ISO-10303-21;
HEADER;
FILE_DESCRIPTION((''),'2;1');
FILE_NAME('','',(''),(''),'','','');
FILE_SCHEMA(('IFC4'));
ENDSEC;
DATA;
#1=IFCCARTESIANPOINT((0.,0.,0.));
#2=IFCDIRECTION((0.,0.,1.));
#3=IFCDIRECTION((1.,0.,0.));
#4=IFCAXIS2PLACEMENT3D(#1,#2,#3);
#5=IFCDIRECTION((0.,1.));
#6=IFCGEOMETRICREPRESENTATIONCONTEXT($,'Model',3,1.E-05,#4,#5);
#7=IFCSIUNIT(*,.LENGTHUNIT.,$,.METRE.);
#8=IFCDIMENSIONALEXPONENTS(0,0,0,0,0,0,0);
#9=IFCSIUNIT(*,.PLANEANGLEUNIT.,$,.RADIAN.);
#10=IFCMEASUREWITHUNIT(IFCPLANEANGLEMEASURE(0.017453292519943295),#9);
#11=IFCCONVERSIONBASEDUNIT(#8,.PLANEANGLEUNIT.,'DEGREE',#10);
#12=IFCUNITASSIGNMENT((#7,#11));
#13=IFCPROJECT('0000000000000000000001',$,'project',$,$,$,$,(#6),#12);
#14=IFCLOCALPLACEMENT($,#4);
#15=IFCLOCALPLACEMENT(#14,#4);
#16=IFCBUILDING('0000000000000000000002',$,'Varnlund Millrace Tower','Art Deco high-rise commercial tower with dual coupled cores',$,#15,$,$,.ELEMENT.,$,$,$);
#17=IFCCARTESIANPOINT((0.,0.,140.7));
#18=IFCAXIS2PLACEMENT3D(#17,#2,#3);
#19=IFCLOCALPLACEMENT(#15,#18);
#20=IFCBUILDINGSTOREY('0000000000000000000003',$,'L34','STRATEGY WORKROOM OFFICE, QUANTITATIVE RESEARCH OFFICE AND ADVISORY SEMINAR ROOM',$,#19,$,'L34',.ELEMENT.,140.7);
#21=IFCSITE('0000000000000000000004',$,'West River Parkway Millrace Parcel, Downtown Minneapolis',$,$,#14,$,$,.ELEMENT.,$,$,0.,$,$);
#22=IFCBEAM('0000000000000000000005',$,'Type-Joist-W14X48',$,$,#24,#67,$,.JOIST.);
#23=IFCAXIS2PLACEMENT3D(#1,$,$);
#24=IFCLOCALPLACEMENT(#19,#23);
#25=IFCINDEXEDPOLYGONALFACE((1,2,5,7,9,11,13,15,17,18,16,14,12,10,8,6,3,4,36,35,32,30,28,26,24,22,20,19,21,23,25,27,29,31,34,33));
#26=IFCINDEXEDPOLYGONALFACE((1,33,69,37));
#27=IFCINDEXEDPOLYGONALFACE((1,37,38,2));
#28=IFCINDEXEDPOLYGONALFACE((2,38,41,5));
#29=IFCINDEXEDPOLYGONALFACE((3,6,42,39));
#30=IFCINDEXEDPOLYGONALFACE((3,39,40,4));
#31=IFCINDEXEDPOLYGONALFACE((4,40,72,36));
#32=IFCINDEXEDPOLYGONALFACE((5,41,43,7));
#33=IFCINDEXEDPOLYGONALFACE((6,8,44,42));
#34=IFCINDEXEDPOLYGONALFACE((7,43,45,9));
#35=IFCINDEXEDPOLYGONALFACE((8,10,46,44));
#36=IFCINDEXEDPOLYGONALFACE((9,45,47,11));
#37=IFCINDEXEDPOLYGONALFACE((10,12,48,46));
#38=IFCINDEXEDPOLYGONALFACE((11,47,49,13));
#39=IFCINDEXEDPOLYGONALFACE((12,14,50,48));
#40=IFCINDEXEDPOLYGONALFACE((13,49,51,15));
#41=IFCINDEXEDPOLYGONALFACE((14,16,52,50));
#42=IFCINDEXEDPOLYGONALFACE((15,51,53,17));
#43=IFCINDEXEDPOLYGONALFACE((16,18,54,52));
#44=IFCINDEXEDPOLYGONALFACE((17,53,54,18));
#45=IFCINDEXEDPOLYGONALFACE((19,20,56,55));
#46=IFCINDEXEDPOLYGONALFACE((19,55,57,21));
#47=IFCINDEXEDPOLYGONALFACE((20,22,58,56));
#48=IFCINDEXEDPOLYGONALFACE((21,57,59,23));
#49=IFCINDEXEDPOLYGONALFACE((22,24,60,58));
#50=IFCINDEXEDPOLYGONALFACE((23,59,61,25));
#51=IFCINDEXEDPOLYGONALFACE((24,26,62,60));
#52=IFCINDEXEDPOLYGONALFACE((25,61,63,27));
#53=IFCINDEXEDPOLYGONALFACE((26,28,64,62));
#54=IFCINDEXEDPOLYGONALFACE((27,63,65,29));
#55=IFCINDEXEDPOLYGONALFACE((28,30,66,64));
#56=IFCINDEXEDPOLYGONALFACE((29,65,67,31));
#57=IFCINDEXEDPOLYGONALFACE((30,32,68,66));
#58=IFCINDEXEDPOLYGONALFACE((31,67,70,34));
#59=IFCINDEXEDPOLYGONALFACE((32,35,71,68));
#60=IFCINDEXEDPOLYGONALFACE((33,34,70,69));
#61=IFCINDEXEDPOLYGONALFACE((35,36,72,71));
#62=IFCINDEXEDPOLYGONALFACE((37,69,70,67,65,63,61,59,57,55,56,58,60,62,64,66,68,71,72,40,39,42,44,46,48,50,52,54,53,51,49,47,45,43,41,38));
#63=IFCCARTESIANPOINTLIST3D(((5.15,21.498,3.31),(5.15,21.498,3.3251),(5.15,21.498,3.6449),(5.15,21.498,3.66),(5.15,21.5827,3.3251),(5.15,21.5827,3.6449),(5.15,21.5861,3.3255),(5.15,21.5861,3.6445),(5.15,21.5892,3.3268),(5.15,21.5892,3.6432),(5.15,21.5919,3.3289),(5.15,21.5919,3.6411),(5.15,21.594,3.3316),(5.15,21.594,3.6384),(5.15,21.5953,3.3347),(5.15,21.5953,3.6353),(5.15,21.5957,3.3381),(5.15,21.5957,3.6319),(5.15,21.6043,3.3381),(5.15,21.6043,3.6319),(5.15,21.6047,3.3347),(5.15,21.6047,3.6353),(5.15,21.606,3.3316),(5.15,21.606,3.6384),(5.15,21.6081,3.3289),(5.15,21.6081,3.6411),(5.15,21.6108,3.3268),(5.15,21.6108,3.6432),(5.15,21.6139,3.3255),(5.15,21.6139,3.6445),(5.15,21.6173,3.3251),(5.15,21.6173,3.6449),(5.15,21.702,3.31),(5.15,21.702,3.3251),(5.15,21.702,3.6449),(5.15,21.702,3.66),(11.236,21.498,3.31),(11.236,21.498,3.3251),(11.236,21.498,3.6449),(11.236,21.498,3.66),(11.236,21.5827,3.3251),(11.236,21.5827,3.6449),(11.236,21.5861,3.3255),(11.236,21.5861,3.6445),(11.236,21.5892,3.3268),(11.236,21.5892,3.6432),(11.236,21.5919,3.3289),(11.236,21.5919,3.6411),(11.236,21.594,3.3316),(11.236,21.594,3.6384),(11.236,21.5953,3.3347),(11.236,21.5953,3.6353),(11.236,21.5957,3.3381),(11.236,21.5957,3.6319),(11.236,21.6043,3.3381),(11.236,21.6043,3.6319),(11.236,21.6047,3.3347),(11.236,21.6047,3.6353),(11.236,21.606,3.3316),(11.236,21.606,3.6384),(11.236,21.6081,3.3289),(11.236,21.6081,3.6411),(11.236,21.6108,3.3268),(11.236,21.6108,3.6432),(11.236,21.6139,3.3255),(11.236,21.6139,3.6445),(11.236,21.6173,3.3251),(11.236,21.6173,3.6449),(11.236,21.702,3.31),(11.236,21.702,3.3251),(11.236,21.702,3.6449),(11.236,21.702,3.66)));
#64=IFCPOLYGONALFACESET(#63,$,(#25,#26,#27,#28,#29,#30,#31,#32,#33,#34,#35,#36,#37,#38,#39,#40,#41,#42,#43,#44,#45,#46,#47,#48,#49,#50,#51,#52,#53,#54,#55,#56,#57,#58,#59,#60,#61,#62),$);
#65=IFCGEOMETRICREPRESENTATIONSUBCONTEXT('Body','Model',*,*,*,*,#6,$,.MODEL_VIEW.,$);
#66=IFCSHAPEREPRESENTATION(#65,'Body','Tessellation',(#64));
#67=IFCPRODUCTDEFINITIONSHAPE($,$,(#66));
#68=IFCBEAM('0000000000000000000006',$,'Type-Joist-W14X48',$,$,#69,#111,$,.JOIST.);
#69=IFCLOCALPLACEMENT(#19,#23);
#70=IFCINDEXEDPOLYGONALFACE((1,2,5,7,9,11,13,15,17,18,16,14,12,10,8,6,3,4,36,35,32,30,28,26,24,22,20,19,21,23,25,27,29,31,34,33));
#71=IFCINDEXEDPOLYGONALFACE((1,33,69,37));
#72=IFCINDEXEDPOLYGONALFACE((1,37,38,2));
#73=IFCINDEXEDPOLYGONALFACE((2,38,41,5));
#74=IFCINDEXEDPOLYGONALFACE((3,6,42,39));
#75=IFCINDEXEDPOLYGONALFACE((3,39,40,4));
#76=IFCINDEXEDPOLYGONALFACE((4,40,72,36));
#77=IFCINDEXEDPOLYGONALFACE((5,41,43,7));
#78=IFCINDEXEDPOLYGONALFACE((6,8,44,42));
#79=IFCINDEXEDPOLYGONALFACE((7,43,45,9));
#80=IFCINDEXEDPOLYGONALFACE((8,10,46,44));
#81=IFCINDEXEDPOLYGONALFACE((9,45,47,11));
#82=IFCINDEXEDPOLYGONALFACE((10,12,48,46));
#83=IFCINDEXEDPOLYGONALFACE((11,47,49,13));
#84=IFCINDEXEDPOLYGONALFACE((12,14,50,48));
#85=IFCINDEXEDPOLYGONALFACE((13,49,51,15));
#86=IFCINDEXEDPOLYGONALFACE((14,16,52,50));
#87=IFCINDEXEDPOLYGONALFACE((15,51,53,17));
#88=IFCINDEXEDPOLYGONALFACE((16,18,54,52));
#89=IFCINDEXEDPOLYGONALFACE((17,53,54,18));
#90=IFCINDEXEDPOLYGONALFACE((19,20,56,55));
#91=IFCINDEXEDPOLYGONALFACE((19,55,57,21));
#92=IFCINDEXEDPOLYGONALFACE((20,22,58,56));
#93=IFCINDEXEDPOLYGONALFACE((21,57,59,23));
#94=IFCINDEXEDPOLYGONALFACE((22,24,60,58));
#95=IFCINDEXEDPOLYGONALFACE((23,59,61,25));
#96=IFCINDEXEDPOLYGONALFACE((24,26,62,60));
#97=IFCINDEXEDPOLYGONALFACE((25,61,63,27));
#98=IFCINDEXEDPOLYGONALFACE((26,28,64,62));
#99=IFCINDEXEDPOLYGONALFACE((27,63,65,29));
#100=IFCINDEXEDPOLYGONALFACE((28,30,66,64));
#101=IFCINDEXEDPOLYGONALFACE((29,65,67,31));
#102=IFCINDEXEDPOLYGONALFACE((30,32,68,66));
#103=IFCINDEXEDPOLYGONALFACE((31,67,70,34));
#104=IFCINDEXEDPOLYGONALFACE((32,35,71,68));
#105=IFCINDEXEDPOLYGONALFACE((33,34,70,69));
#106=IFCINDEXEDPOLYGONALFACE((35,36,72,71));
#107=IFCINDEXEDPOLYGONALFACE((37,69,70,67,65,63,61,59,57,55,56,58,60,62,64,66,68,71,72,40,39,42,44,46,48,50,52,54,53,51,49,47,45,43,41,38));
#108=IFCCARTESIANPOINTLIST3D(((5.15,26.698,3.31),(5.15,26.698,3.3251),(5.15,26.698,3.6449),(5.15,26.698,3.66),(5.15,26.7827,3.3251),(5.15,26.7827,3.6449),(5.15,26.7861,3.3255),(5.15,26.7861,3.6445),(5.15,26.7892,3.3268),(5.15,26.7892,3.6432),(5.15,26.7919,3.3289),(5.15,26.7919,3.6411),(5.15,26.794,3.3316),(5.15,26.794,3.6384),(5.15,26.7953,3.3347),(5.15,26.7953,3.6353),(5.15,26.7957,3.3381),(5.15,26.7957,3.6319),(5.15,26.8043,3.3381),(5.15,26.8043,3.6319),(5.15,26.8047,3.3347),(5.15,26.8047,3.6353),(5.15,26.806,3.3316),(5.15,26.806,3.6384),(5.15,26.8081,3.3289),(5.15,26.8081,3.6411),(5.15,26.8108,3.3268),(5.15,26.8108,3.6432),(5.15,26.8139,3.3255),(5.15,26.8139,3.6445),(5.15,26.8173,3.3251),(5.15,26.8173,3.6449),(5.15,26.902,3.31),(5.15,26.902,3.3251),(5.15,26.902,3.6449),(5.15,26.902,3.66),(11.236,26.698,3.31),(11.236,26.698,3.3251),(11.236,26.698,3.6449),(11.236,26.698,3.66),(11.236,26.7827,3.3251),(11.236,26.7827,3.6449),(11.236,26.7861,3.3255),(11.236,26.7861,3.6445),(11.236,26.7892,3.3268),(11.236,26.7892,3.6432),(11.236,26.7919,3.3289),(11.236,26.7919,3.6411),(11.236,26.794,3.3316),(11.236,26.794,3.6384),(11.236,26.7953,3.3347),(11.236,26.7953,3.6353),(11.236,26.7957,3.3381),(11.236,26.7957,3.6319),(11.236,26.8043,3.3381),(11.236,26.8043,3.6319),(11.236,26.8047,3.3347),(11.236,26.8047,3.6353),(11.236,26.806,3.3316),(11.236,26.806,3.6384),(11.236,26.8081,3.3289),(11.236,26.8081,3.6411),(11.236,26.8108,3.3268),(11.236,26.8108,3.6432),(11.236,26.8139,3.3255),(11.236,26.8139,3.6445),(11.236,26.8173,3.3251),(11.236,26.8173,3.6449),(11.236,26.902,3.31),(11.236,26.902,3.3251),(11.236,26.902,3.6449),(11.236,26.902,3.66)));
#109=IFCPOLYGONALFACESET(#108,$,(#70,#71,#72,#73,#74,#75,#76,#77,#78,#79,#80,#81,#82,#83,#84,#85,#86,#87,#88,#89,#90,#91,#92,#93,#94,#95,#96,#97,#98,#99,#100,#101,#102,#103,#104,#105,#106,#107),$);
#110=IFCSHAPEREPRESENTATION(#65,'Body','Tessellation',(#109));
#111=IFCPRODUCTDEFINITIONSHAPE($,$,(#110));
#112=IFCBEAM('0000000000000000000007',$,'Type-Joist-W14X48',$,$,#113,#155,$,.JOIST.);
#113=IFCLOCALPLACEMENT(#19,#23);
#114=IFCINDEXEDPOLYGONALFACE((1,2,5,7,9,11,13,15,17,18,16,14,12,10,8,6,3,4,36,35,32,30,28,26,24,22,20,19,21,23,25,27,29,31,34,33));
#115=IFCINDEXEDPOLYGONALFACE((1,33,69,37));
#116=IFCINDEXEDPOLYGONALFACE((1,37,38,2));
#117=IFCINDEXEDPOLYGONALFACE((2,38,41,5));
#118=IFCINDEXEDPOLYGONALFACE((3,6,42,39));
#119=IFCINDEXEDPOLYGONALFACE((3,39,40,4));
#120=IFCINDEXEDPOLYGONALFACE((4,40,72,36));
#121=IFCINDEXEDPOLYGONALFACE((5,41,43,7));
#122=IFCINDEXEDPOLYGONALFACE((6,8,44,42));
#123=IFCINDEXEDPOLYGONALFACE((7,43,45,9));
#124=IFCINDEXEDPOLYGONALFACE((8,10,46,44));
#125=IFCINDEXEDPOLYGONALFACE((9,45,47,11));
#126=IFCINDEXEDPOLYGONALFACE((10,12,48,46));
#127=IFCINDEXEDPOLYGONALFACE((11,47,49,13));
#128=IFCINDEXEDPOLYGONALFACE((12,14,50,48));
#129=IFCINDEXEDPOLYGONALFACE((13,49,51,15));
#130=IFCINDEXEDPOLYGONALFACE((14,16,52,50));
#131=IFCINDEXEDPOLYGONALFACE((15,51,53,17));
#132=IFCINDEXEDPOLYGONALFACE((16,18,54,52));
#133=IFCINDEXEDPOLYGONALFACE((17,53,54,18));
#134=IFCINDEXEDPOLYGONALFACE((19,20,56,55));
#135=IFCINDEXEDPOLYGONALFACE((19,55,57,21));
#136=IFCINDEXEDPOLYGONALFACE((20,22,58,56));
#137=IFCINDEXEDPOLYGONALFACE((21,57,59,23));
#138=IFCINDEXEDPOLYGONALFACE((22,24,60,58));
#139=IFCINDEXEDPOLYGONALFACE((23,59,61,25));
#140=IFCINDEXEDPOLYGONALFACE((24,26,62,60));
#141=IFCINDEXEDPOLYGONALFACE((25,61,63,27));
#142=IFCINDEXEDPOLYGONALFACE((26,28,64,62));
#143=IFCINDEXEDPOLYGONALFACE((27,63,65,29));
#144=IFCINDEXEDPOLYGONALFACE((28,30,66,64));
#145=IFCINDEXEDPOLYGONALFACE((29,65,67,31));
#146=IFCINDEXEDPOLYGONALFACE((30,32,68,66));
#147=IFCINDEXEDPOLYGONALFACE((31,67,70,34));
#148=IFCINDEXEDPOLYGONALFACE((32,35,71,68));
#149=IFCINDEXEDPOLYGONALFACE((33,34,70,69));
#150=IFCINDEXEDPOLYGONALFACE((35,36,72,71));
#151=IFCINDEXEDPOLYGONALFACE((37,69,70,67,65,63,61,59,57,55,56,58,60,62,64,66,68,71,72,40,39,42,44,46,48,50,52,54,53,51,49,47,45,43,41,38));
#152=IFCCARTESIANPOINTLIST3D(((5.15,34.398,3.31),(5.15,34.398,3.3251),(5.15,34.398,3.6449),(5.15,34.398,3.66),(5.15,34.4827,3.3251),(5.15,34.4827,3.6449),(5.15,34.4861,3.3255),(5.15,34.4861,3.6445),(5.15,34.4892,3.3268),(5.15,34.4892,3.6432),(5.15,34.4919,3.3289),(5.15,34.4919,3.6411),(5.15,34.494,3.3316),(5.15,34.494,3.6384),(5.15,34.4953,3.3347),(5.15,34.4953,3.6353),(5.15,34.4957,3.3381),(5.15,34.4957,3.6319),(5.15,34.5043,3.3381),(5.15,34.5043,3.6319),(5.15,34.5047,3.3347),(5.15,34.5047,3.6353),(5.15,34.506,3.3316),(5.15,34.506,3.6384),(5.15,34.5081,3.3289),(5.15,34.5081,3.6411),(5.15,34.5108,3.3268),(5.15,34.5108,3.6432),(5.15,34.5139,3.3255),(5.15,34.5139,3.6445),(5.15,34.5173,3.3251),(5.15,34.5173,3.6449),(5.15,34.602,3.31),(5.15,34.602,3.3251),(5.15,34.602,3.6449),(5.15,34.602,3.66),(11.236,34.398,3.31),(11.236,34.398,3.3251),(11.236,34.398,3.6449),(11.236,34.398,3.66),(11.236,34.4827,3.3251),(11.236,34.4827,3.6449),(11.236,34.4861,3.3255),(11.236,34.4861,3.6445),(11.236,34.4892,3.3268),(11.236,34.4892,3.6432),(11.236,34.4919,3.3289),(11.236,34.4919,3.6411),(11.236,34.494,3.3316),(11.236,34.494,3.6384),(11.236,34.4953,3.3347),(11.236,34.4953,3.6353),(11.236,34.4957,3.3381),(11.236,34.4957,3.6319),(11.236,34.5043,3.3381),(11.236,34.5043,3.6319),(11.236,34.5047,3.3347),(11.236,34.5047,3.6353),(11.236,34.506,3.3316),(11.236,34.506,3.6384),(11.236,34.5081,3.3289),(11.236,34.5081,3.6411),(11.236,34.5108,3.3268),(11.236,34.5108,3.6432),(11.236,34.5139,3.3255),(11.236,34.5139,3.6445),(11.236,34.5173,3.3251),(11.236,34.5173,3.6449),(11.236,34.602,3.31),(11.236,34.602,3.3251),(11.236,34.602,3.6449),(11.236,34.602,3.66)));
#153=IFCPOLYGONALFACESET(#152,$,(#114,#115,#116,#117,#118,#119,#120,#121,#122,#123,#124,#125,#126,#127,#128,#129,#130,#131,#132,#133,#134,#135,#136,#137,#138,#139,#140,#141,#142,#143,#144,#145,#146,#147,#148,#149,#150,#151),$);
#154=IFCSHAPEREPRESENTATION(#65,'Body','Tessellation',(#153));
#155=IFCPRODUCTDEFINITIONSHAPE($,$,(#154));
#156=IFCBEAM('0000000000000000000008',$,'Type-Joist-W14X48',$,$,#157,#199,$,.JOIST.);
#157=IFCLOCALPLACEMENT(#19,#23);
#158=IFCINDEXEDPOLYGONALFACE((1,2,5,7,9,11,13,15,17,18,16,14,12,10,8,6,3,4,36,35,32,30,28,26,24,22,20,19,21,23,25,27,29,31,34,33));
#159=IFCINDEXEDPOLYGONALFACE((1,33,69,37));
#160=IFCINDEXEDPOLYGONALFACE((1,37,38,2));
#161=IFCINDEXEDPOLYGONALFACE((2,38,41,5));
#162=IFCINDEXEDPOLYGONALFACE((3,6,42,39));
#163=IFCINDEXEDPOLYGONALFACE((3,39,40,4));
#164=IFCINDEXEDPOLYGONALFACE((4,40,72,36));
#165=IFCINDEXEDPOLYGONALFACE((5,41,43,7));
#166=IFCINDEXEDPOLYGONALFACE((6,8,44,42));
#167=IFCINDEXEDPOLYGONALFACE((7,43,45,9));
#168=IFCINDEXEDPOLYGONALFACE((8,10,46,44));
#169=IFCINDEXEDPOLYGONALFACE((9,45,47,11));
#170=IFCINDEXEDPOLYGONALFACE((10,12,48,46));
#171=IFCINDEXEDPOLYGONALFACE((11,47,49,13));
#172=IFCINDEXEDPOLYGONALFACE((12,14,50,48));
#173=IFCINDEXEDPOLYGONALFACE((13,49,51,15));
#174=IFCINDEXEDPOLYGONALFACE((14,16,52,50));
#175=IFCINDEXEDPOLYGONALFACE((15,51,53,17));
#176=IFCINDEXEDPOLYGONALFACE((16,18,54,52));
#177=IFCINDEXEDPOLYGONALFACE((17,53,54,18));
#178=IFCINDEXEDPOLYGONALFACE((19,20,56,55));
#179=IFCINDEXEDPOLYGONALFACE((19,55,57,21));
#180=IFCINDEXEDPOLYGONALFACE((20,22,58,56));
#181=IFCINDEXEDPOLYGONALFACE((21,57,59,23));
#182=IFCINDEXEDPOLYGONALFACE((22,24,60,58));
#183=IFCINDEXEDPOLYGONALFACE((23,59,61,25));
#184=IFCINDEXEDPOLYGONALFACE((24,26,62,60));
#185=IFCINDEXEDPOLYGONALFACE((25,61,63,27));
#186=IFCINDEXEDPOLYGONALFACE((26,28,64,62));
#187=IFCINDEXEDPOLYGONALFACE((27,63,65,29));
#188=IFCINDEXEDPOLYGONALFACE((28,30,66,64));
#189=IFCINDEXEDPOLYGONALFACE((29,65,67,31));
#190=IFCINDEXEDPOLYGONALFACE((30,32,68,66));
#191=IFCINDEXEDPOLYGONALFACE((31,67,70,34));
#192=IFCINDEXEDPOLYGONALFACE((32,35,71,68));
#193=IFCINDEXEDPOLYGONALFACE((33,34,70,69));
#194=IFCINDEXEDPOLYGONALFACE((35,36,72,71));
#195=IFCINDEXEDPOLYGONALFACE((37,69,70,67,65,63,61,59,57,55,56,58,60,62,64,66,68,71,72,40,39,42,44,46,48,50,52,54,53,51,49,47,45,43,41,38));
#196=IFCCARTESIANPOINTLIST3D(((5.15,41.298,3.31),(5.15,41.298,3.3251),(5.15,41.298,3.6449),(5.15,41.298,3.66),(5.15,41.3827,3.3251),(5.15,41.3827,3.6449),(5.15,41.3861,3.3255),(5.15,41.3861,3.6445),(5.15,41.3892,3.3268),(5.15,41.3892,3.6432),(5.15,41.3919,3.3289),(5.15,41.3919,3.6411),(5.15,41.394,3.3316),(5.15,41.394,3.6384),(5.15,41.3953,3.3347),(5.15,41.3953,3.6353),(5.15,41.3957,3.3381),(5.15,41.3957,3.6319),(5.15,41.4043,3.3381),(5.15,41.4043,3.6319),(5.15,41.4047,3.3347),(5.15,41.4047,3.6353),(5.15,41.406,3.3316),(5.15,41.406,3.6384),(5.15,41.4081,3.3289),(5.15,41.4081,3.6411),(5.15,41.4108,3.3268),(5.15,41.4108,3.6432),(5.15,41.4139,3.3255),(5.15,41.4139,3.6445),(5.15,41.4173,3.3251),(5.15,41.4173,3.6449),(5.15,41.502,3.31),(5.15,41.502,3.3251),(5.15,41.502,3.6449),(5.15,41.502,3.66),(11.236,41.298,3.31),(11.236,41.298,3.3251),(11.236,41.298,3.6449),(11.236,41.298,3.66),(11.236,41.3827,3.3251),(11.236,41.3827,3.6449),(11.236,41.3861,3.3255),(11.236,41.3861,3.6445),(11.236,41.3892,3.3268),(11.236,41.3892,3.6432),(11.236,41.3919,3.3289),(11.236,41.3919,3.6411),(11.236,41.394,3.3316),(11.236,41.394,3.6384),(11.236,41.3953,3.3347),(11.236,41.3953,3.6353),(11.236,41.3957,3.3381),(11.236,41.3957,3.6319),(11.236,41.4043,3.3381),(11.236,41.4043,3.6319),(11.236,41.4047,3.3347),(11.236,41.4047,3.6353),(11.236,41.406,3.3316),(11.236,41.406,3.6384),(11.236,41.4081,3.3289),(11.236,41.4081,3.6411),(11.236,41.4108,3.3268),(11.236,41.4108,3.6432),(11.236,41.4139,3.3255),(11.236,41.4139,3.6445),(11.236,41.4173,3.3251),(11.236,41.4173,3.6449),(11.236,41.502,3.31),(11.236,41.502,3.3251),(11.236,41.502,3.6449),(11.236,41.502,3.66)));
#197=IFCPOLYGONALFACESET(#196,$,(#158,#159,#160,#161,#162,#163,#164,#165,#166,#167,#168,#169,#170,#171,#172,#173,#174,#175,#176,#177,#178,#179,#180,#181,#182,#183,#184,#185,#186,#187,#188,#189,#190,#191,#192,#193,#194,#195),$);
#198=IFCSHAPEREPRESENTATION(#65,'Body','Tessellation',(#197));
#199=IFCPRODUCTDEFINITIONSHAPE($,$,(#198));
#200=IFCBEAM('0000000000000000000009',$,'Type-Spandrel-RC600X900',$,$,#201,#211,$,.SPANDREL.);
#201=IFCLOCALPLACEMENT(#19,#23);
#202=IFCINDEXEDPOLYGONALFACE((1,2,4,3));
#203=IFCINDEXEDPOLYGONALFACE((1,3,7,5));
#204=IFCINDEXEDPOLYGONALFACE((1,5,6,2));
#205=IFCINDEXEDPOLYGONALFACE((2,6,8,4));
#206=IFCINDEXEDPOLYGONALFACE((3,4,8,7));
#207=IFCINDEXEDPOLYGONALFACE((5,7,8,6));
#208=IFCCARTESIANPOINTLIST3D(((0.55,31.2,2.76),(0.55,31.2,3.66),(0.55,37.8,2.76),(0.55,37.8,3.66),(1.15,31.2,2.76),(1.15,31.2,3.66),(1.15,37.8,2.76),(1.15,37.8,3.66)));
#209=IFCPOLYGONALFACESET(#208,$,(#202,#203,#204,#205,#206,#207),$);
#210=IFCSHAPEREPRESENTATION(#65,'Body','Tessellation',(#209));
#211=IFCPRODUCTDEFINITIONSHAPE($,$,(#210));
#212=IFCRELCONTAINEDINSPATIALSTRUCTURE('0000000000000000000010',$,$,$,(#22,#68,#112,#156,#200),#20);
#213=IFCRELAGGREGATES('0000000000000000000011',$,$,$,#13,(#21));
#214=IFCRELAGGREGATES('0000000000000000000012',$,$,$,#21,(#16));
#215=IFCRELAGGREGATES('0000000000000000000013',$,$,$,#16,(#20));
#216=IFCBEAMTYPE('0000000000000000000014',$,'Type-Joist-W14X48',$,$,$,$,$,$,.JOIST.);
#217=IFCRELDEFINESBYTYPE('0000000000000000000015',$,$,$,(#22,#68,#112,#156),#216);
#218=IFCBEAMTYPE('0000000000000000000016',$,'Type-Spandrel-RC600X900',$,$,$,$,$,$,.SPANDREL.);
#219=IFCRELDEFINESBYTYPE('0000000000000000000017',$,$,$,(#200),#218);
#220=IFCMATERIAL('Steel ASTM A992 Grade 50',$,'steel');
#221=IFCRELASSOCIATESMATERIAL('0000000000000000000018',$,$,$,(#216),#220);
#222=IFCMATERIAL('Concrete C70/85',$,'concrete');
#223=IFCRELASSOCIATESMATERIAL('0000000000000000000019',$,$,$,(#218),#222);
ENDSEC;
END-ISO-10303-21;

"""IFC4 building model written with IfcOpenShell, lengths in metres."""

from ifc_helpers import new_model, entity, si_unit, converted_unit, direction, frame, origin_with_axes, origin_2d_with_axis, place, context, subcontext, project, spatial, rectangle, i_section, extrude, material, material_profile, profile_set, type_object, element, save


model = new_model("IFC4")

# Units and contexts
model_context = context("Model", 3, precision=1e-05, world=origin_with_axes(), true_north=direction((0.0, 1.0)))
body_context = subcontext(model_context, "Body", "Model", "MODEL_VIEW")
ifc_project = project(units=[si_unit("LENGTHUNIT", "METRE"), converted_unit("PLANEANGLEUNIT", "DEGREE", entity("IfcPlaneAngleMeasure", 0.017453292519943295), si_unit("PLANEANGLEUNIT", "RADIAN"), dimensions=[0, 0, 0, 0, 0, 0, 0])], contexts=[model_context])

# Site, building, storey
site_placement = place(None, origin_with_axes())
site = spatial("IfcSite", under=ifc_project, at=site_placement, Name="West River Parkway Millrace Parcel, Downtown Minneapolis", CompositionType="ELEMENT", RefElevation=0.0)
building_placement = place(site_placement, origin_with_axes())
building = spatial("IfcBuilding", under=site, at=building_placement, Name="Varnlund Millrace Tower", Description="Art Deco high-rise commercial tower with dual coupled cores", CompositionType="ELEMENT")
storey_placement = place(building_placement, frame((0.0, 0.0, 140.7), z_axis=(0.0, 0.0, 1.0), x_axis=(1.0, 0.0, 0.0)))
storey = spatial("IfcBuildingStorey", under=building, at=storey_placement, Name="L34", Description="STRATEGY WORKROOM OFFICE, QUANTITATIVE RESEARCH OFFICE AND ADVISORY SEMINAR ROOM", LongName="L34", CompositionType="ELEMENT", Elevation=140.7)

# Beams
ifc_material_1 = material(Name="Steel ASTM A992 Grade 50", Category="steel")
ifc_material_profile_1 = material_profile(ifc_material_1, i_section(OverallWidth=0.204, OverallDepth=0.35, WebThickness=0.0086, FlangeThickness=0.0151, FilletRadius=0.013, at=origin_2d_with_axis()), Name="Steel ASTM A992 Grade 50")
ifc_profile_set_1 = profile_set([ifc_material_profile_1], Name="Steel ASTM A992 Grade 50")
beam_type_1 = type_object("IfcBeamType", Name="Type-Joist-W14X48", PredefinedType="JOIST", material=ifc_profile_set_1)
for number, where, z_axis, x_axis, name in (
    (1, (5.15, 21.6, 3.485), (1.0, 0.0, 0.0), (0.0, 1.0, 0.0), "Type-Joist-W14X48"),
    (2, (5.15, 26.8, 3.485), (1.0, 0.0, 0.0), (0.0, 1.0, 0.0), "Type-Joist-W14X48"),
    (3, (5.15, 34.5, 3.485), (1.0, 0.0, 0.0), (0.0, 1.0, 0.0), "Type-Joist-W14X48"),
    (4, (5.15, 41.4, 3.485), (1.0, 0.0, 0.0), (0.0, 1.0, 0.0), "Type-Joist-W14X48"),
):
    element("IfcBeam", number, at=place(storey_placement, frame(where, z_axis=z_axis, x_axis=x_axis)), inside=storey, type_object=beam_type_1, Name=name, PredefinedType="JOIST", context=body_context, shape_type="SweptSolid", body=[
        extrude(i_section(OverallWidth=0.204, OverallDepth=0.35, WebThickness=0.0086, FlangeThickness=0.0151, FilletRadius=0.013, at=origin_2d_with_axis()), origin_with_axes(), (0.0, 0.0, 1.0), 6.086),
    ])
ifc_material_2 = material(Name="Concrete C70/85", Category="concrete")
ifc_material_profile_2 = material_profile(ifc_material_2, rectangle(XDim=0.6, YDim=0.9, at=origin_2d_with_axis()), Name="Concrete C70/85")
ifc_profile_set_2 = profile_set([ifc_material_profile_2], Name="Concrete C70/85")
beam_type_2 = type_object("IfcBeamType", Name="Type-Spandrel-RC600X900", PredefinedType="SPANDREL", material=ifc_profile_set_2)
beam_1_placement = place(storey_placement, frame((0.85, 31.2, 3.21), z_axis=(0.0, 1.0, 0.0), x_axis=(-1.0, 0.0, 0.0)))
element("IfcBeam", 5, at=beam_1_placement, inside=storey, type_object=beam_type_2, Name="Type-Spandrel-RC600X900", PredefinedType="SPANDREL", context=body_context, shape_type="SweptSolid", body=[
    extrude(rectangle(XDim=0.6, YDim=0.9, at=origin_2d_with_axis()), origin_with_axes(), (0.0, 0.0, 1.0), 6.6),
])

save(model, "model.ifc")
